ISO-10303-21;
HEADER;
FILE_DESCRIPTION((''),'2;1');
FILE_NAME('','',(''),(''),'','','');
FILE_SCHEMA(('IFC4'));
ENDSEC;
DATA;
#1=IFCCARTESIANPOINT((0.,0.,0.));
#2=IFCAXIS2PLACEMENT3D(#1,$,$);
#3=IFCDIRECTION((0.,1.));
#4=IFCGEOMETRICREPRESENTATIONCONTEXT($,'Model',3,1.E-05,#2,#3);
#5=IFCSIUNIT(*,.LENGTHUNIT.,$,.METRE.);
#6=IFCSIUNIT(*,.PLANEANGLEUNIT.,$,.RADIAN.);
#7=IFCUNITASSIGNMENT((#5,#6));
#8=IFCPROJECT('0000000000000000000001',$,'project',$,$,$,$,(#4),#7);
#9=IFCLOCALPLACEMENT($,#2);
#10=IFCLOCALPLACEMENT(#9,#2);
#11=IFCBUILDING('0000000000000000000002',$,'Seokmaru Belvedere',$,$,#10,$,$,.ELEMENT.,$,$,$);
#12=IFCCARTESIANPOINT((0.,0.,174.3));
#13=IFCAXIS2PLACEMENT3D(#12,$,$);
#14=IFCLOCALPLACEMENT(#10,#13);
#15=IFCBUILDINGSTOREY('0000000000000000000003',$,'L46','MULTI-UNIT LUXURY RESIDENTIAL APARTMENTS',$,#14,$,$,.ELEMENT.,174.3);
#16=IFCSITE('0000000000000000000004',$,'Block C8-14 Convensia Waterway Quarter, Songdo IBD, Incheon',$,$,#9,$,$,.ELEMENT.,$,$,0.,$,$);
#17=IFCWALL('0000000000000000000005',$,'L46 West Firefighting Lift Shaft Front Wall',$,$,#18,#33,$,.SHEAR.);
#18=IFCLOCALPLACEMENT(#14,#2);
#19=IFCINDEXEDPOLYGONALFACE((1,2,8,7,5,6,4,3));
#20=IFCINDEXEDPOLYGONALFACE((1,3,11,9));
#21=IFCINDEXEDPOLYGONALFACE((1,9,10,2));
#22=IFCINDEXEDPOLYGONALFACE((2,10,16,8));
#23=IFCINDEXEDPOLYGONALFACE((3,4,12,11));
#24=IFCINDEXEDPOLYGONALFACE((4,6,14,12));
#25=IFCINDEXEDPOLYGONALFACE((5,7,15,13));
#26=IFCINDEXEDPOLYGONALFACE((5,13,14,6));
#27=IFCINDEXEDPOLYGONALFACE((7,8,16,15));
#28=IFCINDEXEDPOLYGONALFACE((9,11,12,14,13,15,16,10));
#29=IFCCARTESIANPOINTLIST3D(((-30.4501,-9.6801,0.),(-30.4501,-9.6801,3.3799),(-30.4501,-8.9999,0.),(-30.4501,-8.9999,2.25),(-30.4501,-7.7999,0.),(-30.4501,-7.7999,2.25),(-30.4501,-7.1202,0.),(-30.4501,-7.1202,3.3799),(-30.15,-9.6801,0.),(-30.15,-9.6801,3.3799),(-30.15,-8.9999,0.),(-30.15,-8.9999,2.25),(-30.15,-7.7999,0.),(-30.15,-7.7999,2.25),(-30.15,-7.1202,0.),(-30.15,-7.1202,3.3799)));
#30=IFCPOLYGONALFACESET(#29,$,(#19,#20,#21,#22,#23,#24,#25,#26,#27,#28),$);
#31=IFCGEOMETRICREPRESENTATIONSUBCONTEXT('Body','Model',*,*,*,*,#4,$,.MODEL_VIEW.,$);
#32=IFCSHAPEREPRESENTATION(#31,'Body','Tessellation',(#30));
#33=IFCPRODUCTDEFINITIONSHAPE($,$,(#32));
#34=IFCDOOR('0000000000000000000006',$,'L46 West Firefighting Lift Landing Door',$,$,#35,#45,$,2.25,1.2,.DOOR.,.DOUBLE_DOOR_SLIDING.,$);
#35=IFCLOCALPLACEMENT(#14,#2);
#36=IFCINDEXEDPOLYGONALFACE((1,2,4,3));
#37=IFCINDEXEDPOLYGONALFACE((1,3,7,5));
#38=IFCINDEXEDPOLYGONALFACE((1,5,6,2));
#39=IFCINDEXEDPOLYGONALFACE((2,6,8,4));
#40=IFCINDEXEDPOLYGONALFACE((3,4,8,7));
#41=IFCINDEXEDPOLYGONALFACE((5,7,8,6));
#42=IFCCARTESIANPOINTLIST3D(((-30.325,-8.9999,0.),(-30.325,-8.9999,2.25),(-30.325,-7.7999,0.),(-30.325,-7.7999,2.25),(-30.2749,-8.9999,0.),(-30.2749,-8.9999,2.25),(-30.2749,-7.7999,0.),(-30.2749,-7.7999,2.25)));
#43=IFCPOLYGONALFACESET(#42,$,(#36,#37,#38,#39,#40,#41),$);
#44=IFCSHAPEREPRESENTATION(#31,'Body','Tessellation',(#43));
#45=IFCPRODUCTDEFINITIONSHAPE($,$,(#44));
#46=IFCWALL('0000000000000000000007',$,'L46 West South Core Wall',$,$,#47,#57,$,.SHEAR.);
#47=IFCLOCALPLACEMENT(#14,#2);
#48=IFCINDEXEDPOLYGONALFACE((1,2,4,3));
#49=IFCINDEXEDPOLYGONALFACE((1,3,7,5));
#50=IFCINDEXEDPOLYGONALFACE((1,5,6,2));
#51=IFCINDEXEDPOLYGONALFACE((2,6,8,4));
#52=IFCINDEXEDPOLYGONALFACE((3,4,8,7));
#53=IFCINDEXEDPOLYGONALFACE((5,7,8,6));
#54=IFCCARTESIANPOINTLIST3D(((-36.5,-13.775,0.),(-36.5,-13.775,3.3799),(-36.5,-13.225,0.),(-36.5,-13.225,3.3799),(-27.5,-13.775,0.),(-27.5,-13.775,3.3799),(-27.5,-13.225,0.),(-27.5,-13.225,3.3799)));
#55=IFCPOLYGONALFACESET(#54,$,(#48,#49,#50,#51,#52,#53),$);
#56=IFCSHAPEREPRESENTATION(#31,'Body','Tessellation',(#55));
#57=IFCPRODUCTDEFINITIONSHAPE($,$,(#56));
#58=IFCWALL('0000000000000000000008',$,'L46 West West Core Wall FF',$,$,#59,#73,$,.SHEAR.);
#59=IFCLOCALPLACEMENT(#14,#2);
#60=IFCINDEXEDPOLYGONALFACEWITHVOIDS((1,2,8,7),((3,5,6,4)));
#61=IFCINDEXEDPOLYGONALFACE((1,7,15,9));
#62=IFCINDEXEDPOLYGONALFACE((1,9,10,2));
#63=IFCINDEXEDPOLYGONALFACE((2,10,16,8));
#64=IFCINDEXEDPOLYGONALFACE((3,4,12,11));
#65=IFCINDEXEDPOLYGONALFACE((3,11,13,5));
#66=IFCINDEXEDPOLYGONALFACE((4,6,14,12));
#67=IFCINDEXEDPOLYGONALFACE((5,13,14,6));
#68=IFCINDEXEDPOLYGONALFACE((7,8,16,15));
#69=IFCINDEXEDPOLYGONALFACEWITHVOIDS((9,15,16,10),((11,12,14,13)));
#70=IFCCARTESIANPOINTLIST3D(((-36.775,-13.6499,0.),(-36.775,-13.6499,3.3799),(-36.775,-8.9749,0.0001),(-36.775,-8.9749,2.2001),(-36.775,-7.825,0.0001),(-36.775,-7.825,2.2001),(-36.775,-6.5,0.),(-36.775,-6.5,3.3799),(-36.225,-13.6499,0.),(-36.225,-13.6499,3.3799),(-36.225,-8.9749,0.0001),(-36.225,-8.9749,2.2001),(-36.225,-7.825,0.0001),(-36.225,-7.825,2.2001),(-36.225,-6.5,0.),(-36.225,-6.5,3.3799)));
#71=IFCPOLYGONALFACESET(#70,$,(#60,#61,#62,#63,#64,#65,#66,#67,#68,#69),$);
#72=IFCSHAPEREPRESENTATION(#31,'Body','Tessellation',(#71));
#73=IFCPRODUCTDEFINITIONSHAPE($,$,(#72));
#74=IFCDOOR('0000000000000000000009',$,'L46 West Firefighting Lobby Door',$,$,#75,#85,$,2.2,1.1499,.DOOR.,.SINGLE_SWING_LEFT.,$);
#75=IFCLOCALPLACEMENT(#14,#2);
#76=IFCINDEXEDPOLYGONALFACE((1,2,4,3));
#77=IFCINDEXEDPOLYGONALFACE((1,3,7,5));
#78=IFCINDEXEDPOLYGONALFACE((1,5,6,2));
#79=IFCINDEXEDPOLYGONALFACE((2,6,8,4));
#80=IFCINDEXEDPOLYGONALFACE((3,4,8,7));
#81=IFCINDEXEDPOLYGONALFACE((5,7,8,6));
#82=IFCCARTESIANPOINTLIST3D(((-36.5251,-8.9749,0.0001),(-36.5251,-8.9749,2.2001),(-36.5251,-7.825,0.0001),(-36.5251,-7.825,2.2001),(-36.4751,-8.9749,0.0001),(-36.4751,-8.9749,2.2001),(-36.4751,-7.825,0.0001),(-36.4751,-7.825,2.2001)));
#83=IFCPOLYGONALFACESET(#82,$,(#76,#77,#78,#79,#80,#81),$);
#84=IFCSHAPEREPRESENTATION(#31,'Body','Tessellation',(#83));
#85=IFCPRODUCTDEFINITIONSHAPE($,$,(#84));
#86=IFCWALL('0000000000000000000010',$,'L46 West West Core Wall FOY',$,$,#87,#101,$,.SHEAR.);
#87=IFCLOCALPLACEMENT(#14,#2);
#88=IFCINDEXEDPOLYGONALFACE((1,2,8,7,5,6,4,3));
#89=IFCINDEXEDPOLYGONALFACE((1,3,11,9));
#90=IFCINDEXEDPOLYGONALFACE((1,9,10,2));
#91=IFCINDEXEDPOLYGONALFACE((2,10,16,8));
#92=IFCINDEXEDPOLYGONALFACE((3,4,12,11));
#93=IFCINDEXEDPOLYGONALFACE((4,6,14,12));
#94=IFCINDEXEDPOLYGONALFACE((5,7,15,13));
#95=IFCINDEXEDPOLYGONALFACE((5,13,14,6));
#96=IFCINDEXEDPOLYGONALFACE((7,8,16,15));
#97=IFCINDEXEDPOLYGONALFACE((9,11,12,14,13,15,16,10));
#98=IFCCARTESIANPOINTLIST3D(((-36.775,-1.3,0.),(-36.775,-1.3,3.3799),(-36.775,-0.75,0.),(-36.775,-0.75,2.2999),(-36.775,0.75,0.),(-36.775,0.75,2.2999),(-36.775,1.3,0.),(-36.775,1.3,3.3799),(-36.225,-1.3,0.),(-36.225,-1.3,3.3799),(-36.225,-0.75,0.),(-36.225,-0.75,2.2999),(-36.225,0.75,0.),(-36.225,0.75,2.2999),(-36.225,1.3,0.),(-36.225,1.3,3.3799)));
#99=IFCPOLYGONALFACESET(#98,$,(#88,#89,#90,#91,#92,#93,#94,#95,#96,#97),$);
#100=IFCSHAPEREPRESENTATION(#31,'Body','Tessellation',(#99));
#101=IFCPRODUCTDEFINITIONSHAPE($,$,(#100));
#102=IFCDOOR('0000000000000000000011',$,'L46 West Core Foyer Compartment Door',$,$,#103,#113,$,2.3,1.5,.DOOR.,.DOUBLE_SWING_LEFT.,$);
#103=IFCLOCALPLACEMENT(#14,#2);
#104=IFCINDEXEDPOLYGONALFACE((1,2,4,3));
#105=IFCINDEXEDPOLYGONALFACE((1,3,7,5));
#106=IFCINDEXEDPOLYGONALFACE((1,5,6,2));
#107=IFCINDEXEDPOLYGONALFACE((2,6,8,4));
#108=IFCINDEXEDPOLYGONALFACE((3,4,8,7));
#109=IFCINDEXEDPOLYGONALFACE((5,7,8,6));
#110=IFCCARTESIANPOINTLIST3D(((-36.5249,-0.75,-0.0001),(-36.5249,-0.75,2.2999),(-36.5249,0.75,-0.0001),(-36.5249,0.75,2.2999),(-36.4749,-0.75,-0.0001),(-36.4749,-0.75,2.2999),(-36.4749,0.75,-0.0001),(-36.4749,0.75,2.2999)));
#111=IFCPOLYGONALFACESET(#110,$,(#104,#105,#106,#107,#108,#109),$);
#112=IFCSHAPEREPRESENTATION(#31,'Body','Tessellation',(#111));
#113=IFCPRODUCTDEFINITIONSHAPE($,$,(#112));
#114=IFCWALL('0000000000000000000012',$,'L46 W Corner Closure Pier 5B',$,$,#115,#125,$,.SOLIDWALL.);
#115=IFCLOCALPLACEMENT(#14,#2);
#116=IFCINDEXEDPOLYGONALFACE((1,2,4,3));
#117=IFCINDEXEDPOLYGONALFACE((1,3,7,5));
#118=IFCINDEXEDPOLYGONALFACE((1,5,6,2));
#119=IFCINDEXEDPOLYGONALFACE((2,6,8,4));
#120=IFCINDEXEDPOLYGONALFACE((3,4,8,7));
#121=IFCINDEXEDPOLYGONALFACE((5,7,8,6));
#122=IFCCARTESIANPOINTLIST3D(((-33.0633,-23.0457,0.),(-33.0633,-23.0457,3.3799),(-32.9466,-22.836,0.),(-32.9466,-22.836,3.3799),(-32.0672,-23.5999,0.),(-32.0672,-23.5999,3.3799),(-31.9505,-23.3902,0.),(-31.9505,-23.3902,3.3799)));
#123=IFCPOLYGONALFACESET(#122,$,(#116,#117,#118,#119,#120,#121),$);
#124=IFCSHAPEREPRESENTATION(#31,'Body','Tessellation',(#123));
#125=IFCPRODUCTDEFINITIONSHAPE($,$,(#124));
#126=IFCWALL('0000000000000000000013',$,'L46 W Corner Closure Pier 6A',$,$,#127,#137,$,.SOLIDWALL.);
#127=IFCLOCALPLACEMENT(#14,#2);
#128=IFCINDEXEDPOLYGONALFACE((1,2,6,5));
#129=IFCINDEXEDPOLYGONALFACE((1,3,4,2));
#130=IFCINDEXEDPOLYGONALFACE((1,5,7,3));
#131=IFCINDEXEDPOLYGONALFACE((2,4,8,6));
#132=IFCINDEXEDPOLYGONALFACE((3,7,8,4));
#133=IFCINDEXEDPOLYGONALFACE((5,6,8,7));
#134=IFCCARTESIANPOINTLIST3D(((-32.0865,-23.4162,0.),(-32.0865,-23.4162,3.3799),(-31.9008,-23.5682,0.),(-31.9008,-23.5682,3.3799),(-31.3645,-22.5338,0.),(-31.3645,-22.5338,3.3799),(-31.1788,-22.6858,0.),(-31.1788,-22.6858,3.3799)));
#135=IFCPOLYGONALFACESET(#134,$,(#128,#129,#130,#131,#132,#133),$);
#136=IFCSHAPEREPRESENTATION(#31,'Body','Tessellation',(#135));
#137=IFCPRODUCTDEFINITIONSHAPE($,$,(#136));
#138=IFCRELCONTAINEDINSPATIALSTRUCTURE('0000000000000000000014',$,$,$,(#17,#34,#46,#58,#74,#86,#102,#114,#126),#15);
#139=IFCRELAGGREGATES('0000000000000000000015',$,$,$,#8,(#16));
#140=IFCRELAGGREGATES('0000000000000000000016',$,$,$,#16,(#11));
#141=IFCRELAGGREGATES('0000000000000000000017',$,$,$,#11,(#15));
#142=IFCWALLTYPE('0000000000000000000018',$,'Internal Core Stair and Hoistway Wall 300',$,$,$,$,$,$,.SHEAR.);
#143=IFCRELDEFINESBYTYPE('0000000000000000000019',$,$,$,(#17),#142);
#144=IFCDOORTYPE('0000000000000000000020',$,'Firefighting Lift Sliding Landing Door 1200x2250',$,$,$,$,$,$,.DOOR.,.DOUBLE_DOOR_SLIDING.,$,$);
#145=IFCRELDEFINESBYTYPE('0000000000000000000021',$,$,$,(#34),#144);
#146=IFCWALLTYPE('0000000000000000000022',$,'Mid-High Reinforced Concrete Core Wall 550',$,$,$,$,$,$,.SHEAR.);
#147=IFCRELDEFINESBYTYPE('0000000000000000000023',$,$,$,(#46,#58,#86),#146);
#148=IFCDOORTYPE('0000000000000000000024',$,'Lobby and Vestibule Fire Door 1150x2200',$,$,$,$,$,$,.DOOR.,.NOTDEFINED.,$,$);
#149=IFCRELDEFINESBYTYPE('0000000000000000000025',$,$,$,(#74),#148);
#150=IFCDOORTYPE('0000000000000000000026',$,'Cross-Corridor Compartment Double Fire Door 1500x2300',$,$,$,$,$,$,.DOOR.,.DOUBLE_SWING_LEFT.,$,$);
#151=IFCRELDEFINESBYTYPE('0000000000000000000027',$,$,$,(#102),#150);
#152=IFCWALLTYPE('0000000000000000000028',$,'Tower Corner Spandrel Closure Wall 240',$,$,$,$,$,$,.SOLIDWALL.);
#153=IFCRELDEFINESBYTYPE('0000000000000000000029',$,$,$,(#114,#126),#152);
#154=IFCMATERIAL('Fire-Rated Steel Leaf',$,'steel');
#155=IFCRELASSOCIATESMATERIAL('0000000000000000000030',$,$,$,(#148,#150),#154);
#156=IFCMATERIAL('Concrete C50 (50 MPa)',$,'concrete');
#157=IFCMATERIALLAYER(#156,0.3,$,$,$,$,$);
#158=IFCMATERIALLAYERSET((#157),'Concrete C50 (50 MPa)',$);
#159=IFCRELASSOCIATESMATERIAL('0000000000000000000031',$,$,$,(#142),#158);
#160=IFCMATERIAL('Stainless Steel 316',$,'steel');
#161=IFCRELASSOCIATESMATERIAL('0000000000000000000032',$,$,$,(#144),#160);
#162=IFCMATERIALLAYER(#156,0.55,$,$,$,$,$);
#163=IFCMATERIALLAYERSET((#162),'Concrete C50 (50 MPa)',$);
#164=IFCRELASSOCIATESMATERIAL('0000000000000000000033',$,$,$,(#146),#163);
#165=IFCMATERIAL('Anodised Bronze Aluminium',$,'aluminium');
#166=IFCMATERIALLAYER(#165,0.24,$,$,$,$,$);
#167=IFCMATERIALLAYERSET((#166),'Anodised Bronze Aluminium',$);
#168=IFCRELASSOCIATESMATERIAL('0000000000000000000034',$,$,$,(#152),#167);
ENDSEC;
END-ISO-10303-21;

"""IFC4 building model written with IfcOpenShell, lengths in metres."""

from ifc_helpers import new_model, si_unit, direction, frame, frame_2d, origin, place, context, subcontext, project, spatial, rectangle, extrude, source, transform, mapped, material, layer, layer_set, type_object, type_shapes, element, fill, save


model = new_model("IFC4")

# Units and contexts
model_context = context("Model", 3, precision=1e-05, world=origin(), true_north=direction((0.0, 1.0)))
body_context = subcontext(model_context, "Body", "Model", "MODEL_VIEW")
ifc_project = project(units=[si_unit("LENGTHUNIT", "METRE"), si_unit("PLANEANGLEUNIT", "RADIAN")], contexts=[model_context])

# Site, building, storey
site_placement = place(None, origin())
site = spatial("IfcSite", under=ifc_project, at=site_placement, Name="Block C8-14 Convensia Waterway Quarter, Songdo IBD, Incheon", CompositionType="ELEMENT", RefElevation=0.0)
building_placement = place(site_placement, origin())
building = spatial("IfcBuilding", under=site, at=building_placement, Name="Seokmaru Belvedere", CompositionType="ELEMENT")
storey_placement = place(building_placement, frame((0.0, 0.0, 174.3)))
storey = spatial("IfcBuildingStorey", under=building, at=storey_placement, Name="L46", Description="MULTI-UNIT LUXURY RESIDENTIAL APARTMENTS", CompositionType="ELEMENT", Elevation=174.3)

# Shared definitions
ifc_material_1 = material(Name="Anodised Bronze Aluminium", Category="aluminium")

# Shared definitions
ifc_material_2 = material(Name="Fire-Rated Steel Leaf", Category="steel")
door_type_1 = type_object("IfcDoorType", Name="Lobby and Vestibule Fire Door 1150x2200", OperationType="NOTDEFINED", PredefinedType="DOOR", material=ifc_material_2)
shared_shape_1 = source(origin(), body_context, "Body", "SweptSolid", [
    extrude(rectangle(XDim=1.1499, YDim=2.2, at=frame_2d((0.575, 1.1001))), frame((0.0, 0.0249, 0.0), z_axis=(0.0, -1.0, 0.0), x_axis=(1.0, 0.0, 0.0)), (0.0, 0.0, 1.0), 0.05),
])
type_shapes(door_type_1, [shared_shape_1])

# Wall, opening, door
ifc_material_3 = material(Name="Concrete C50 (50 MPa)", Category="concrete")
ifc_layer_1 = layer(ifc_material_3, 0.3)
ifc_layer_set_1 = layer_set([ifc_layer_1], Name="Concrete C50 (50 MPa)")
wall_type_1 = type_object("IfcWallType", Name="Internal Core Stair and Hoistway Wall 300", PredefinedType="SHEAR", material=ifc_layer_set_1)
wall_1_placement = place(storey_placement, frame((-30.3, -9.6799, 0.0), z_axis=(0.0, 0.0, 1.0), x_axis=(0.0, 1.0, 0.0)))
wall_1 = element("IfcWall", 1, at=wall_1_placement, inside=storey, type_object=wall_type_1, Name="L46 West Firefighting Lift Shaft Front Wall", PredefinedType="SHEAR", context=body_context, shape_type="SweptSolid", body=[
    extrude(rectangle(XDim=2.5598, YDim=0.3, at=frame_2d((1.2798, 0.0))), origin(), (0.0, 0.0, 1.0), 3.3799),
])
opening_1_placement = place(wall_1_placement, frame((0.6799, 0.0, 0.0)))
opening_1 = element("IfcOpeningElement", 2, at=opening_1_placement, cuts=wall_1, PredefinedType="OPENING", context=body_context, shape_type="SweptSolid", body=[
    extrude(rectangle(XDim=1.2, YDim=2.25, at=frame_2d((0.6001, 1.125))), frame((0.0, 0.1602, 0.0), z_axis=(0.0, -1.0, 0.0), x_axis=(1.0, 0.0, 0.0)), (0.0, 0.0, 1.0), 0.3201),
])
ifc_material_4 = material(Name="Stainless Steel 316", Category="steel")
door_type_2 = type_object("IfcDoorType", Name="Firefighting Lift Sliding Landing Door 1200x2250", OperationType="DOUBLE_DOOR_SLIDING", PredefinedType="DOOR", material=ifc_material_4)
shared_shape_2 = source(origin(), body_context, "Body", "SweptSolid", [
    extrude(rectangle(XDim=1.2, YDim=2.25, at=frame_2d((0.6001, 1.125))), frame((0.0, 0.0249, 0.0), z_axis=(0.0, -1.0, 0.0), x_axis=(1.0, 0.0, 0.0)), (0.0, 0.0, 1.0), 0.05),
])
type_shapes(door_type_2, [shared_shape_2])
door_1_placement = place(opening_1_placement, origin())
door_1 = element("IfcDoor", 3, at=door_1_placement, inside=storey, type_object=door_type_2, Name="L46 West Firefighting Lift Landing Door", OperationType="DOUBLE_DOOR_SLIDING", OverallHeight=2.25, OverallWidth=1.2, PredefinedType="DOOR", context=body_context, shape_type="MappedRepresentation", body=[
    mapped(shared_shape_2, transform((0.0, 0.0, 0.0), scale=1.0)),
])
fill(opening_1, door_1)

# Wall
ifc_layer_2 = layer(ifc_material_3, 0.55)
ifc_layer_set_2 = layer_set([ifc_layer_2], Name="Concrete C50 (50 MPa)")
wall_type_2 = type_object("IfcWallType", Name="Mid-High Reinforced Concrete Core Wall 550", PredefinedType="SHEAR", material=ifc_layer_set_2)
wall_2_placement = place(storey_placement, frame((-36.5, -13.5, 0.0), z_axis=(0.0, 0.0, 1.0), x_axis=(1.0, 0.0, 0.0)))
element("IfcWall", 4, at=wall_2_placement, inside=storey, type_object=wall_type_2, Name="L46 West South Core Wall", PredefinedType="SHEAR", context=body_context, shape_type="SweptSolid", body=[
    extrude(rectangle(XDim=9.0, YDim=0.55, at=frame_2d((4.5, 0.0))), origin(), (0.0, 0.0, 1.0), 3.3799),
])

# Walls, openings, doors
wall_3_placement = place(storey_placement, frame((-36.5, -13.6499, 0.0), z_axis=(0.0, 0.0, 1.0), x_axis=(0.0, 1.0, 0.0)))
wall_3 = element("IfcWall", 5, at=wall_3_placement, inside=storey, type_object=wall_type_2, Name="L46 West West Core Wall FF", PredefinedType="SHEAR", context=body_context, shape_type="SweptSolid", body=[
    extrude(rectangle(XDim=7.1499, YDim=0.55, at=frame_2d((3.575, 0.0))), origin(), (0.0, 0.0, 1.0), 3.3799),
])
opening_2_placement = place(wall_3_placement, frame((4.675, 0.0, 0.0)))
opening_2 = element("IfcOpeningElement", 6, at=opening_2_placement, cuts=wall_3, PredefinedType="OPENING", context=body_context, shape_type="SweptSolid", body=[
    extrude(rectangle(XDim=1.1499, YDim=2.2, at=frame_2d((0.575, 1.1001))), frame((0.0, 0.2852, 0.0), z_axis=(0.0, -1.0, 0.0), x_axis=(1.0, 0.0, 0.0)), (0.0, 0.0, 1.0), 0.5701),
])
door_2_placement = place(opening_2_placement, frame((1.1499, 0.0, 0.0), z_axis=(0.0, 0.0, 1.0), x_axis=(-1.0, 0.0, 0.0)))
door_2 = element("IfcDoor", 7, at=door_2_placement, inside=storey, type_object=door_type_1, Name="L46 West Firefighting Lobby Door", OperationType="SINGLE_SWING_LEFT", OverallHeight=2.2, OverallWidth=1.1499, PredefinedType="DOOR", context=body_context, shape_type="MappedRepresentation", body=[
    mapped(shared_shape_1, transform((0.0, 0.0, 0.0), scale=1.0)),
])
fill(opening_2, door_2)
wall_4_placement = place(storey_placement, frame((-36.5, -1.3, 0.0), z_axis=(0.0, 0.0, 1.0), x_axis=(0.0, 1.0, 0.0)))
wall_4 = element("IfcWall", 8, at=wall_4_placement, inside=storey, type_object=wall_type_2, Name="L46 West West Core Wall FOY", PredefinedType="SHEAR", context=body_context, shape_type="SweptSolid", body=[
    extrude(rectangle(XDim=2.6001, YDim=0.55, at=frame_2d((1.3, 0.0))), origin(), (0.0, 0.0, 1.0), 3.3799),
])
opening_3_placement = place(wall_4_placement, frame((0.55, 0.0, 0.0)))
opening_3 = element("IfcOpeningElement", 9, at=opening_3_placement, cuts=wall_4, PredefinedType="OPENING", context=body_context, shape_type="SweptSolid", body=[
    extrude(rectangle(XDim=1.5, YDim=2.3, at=frame_2d((0.75, 1.1499))), frame((0.0, 0.2852, 0.0), z_axis=(0.0, -1.0, 0.0), x_axis=(1.0, 0.0, 0.0)), (0.0, 0.0, 1.0), 0.5701),
])
door_type_3 = type_object("IfcDoorType", Name="Cross-Corridor Compartment Double Fire Door 1500x2300", OperationType="DOUBLE_SWING_LEFT", PredefinedType="DOOR", material=ifc_material_2)
shared_shape_3 = source(origin(), body_context, "Body", "SweptSolid", [
    extrude(rectangle(XDim=1.5, YDim=2.3, at=frame_2d((0.75, 1.1499))), frame((0.0, 0.0249, 0.0), z_axis=(0.0, -1.0, 0.0), x_axis=(1.0, 0.0, 0.0)), (0.0, 0.0, 1.0), 0.05),
])
type_shapes(door_type_3, [shared_shape_3])
door_3_placement = place(opening_3_placement, origin())
door_3 = element("IfcDoor", 10, at=door_3_placement, inside=storey, type_object=door_type_3, Name="L46 West Core Foyer Compartment Door", OperationType="DOUBLE_SWING_LEFT", OverallHeight=2.3, OverallWidth=1.5, PredefinedType="DOOR", context=body_context, shape_type="MappedRepresentation", body=[
    mapped(shared_shape_3, transform((0.0, 0.0, 0.0), scale=1.0)),
])
fill(opening_3, door_3)

# Walls
ifc_layer_3 = layer(ifc_material_1, 0.24)
ifc_layer_set_3 = layer_set([ifc_layer_3], Name="Anodised Bronze Aluminium")
wall_type_3 = type_object("IfcWallType", Name="Tower Corner Spandrel Closure Wall 240", PredefinedType="SOLIDWALL", material=ifc_layer_set_3)
wall_5_placement = place(storey_placement, frame((-33.0049, -22.9409, 0.0), z_axis=(0.0, 0.0, 1.0), x_axis=(0.873854, -0.486188, 0.0)))
element("IfcWall", 11, at=wall_5_placement, inside=storey, type_object=wall_type_3, Name="L46 W Corner Closure Pier 5B", PredefinedType="SOLIDWALL", context=body_context, shape_type="SweptSolid", body=[
    extrude(rectangle(XDim=1.1399, YDim=0.24, at=frame_2d((0.5698, 0.0))), origin(), (0.0, 0.0, 1.0), 3.3799),
])
wall_6_placement = place(storey_placement, frame((-31.9937, -23.4922, 0.0), z_axis=(0.0, 0.0, 1.0), x_axis=(0.633249, 0.773948, 0.0)))
element("IfcWall", 12, at=wall_6_placement, inside=storey, type_object=wall_type_3, Name="L46 W Corner Closure Pier 6A", PredefinedType="SOLIDWALL", context=body_context, shape_type="SweptSolid", body=[
    extrude(rectangle(XDim=1.1401, YDim=0.24, at=frame_2d((0.5701, 0.0))), origin(), (0.0, 0.0, 1.0), 3.3799),
])

save(model, "model.ifc")
